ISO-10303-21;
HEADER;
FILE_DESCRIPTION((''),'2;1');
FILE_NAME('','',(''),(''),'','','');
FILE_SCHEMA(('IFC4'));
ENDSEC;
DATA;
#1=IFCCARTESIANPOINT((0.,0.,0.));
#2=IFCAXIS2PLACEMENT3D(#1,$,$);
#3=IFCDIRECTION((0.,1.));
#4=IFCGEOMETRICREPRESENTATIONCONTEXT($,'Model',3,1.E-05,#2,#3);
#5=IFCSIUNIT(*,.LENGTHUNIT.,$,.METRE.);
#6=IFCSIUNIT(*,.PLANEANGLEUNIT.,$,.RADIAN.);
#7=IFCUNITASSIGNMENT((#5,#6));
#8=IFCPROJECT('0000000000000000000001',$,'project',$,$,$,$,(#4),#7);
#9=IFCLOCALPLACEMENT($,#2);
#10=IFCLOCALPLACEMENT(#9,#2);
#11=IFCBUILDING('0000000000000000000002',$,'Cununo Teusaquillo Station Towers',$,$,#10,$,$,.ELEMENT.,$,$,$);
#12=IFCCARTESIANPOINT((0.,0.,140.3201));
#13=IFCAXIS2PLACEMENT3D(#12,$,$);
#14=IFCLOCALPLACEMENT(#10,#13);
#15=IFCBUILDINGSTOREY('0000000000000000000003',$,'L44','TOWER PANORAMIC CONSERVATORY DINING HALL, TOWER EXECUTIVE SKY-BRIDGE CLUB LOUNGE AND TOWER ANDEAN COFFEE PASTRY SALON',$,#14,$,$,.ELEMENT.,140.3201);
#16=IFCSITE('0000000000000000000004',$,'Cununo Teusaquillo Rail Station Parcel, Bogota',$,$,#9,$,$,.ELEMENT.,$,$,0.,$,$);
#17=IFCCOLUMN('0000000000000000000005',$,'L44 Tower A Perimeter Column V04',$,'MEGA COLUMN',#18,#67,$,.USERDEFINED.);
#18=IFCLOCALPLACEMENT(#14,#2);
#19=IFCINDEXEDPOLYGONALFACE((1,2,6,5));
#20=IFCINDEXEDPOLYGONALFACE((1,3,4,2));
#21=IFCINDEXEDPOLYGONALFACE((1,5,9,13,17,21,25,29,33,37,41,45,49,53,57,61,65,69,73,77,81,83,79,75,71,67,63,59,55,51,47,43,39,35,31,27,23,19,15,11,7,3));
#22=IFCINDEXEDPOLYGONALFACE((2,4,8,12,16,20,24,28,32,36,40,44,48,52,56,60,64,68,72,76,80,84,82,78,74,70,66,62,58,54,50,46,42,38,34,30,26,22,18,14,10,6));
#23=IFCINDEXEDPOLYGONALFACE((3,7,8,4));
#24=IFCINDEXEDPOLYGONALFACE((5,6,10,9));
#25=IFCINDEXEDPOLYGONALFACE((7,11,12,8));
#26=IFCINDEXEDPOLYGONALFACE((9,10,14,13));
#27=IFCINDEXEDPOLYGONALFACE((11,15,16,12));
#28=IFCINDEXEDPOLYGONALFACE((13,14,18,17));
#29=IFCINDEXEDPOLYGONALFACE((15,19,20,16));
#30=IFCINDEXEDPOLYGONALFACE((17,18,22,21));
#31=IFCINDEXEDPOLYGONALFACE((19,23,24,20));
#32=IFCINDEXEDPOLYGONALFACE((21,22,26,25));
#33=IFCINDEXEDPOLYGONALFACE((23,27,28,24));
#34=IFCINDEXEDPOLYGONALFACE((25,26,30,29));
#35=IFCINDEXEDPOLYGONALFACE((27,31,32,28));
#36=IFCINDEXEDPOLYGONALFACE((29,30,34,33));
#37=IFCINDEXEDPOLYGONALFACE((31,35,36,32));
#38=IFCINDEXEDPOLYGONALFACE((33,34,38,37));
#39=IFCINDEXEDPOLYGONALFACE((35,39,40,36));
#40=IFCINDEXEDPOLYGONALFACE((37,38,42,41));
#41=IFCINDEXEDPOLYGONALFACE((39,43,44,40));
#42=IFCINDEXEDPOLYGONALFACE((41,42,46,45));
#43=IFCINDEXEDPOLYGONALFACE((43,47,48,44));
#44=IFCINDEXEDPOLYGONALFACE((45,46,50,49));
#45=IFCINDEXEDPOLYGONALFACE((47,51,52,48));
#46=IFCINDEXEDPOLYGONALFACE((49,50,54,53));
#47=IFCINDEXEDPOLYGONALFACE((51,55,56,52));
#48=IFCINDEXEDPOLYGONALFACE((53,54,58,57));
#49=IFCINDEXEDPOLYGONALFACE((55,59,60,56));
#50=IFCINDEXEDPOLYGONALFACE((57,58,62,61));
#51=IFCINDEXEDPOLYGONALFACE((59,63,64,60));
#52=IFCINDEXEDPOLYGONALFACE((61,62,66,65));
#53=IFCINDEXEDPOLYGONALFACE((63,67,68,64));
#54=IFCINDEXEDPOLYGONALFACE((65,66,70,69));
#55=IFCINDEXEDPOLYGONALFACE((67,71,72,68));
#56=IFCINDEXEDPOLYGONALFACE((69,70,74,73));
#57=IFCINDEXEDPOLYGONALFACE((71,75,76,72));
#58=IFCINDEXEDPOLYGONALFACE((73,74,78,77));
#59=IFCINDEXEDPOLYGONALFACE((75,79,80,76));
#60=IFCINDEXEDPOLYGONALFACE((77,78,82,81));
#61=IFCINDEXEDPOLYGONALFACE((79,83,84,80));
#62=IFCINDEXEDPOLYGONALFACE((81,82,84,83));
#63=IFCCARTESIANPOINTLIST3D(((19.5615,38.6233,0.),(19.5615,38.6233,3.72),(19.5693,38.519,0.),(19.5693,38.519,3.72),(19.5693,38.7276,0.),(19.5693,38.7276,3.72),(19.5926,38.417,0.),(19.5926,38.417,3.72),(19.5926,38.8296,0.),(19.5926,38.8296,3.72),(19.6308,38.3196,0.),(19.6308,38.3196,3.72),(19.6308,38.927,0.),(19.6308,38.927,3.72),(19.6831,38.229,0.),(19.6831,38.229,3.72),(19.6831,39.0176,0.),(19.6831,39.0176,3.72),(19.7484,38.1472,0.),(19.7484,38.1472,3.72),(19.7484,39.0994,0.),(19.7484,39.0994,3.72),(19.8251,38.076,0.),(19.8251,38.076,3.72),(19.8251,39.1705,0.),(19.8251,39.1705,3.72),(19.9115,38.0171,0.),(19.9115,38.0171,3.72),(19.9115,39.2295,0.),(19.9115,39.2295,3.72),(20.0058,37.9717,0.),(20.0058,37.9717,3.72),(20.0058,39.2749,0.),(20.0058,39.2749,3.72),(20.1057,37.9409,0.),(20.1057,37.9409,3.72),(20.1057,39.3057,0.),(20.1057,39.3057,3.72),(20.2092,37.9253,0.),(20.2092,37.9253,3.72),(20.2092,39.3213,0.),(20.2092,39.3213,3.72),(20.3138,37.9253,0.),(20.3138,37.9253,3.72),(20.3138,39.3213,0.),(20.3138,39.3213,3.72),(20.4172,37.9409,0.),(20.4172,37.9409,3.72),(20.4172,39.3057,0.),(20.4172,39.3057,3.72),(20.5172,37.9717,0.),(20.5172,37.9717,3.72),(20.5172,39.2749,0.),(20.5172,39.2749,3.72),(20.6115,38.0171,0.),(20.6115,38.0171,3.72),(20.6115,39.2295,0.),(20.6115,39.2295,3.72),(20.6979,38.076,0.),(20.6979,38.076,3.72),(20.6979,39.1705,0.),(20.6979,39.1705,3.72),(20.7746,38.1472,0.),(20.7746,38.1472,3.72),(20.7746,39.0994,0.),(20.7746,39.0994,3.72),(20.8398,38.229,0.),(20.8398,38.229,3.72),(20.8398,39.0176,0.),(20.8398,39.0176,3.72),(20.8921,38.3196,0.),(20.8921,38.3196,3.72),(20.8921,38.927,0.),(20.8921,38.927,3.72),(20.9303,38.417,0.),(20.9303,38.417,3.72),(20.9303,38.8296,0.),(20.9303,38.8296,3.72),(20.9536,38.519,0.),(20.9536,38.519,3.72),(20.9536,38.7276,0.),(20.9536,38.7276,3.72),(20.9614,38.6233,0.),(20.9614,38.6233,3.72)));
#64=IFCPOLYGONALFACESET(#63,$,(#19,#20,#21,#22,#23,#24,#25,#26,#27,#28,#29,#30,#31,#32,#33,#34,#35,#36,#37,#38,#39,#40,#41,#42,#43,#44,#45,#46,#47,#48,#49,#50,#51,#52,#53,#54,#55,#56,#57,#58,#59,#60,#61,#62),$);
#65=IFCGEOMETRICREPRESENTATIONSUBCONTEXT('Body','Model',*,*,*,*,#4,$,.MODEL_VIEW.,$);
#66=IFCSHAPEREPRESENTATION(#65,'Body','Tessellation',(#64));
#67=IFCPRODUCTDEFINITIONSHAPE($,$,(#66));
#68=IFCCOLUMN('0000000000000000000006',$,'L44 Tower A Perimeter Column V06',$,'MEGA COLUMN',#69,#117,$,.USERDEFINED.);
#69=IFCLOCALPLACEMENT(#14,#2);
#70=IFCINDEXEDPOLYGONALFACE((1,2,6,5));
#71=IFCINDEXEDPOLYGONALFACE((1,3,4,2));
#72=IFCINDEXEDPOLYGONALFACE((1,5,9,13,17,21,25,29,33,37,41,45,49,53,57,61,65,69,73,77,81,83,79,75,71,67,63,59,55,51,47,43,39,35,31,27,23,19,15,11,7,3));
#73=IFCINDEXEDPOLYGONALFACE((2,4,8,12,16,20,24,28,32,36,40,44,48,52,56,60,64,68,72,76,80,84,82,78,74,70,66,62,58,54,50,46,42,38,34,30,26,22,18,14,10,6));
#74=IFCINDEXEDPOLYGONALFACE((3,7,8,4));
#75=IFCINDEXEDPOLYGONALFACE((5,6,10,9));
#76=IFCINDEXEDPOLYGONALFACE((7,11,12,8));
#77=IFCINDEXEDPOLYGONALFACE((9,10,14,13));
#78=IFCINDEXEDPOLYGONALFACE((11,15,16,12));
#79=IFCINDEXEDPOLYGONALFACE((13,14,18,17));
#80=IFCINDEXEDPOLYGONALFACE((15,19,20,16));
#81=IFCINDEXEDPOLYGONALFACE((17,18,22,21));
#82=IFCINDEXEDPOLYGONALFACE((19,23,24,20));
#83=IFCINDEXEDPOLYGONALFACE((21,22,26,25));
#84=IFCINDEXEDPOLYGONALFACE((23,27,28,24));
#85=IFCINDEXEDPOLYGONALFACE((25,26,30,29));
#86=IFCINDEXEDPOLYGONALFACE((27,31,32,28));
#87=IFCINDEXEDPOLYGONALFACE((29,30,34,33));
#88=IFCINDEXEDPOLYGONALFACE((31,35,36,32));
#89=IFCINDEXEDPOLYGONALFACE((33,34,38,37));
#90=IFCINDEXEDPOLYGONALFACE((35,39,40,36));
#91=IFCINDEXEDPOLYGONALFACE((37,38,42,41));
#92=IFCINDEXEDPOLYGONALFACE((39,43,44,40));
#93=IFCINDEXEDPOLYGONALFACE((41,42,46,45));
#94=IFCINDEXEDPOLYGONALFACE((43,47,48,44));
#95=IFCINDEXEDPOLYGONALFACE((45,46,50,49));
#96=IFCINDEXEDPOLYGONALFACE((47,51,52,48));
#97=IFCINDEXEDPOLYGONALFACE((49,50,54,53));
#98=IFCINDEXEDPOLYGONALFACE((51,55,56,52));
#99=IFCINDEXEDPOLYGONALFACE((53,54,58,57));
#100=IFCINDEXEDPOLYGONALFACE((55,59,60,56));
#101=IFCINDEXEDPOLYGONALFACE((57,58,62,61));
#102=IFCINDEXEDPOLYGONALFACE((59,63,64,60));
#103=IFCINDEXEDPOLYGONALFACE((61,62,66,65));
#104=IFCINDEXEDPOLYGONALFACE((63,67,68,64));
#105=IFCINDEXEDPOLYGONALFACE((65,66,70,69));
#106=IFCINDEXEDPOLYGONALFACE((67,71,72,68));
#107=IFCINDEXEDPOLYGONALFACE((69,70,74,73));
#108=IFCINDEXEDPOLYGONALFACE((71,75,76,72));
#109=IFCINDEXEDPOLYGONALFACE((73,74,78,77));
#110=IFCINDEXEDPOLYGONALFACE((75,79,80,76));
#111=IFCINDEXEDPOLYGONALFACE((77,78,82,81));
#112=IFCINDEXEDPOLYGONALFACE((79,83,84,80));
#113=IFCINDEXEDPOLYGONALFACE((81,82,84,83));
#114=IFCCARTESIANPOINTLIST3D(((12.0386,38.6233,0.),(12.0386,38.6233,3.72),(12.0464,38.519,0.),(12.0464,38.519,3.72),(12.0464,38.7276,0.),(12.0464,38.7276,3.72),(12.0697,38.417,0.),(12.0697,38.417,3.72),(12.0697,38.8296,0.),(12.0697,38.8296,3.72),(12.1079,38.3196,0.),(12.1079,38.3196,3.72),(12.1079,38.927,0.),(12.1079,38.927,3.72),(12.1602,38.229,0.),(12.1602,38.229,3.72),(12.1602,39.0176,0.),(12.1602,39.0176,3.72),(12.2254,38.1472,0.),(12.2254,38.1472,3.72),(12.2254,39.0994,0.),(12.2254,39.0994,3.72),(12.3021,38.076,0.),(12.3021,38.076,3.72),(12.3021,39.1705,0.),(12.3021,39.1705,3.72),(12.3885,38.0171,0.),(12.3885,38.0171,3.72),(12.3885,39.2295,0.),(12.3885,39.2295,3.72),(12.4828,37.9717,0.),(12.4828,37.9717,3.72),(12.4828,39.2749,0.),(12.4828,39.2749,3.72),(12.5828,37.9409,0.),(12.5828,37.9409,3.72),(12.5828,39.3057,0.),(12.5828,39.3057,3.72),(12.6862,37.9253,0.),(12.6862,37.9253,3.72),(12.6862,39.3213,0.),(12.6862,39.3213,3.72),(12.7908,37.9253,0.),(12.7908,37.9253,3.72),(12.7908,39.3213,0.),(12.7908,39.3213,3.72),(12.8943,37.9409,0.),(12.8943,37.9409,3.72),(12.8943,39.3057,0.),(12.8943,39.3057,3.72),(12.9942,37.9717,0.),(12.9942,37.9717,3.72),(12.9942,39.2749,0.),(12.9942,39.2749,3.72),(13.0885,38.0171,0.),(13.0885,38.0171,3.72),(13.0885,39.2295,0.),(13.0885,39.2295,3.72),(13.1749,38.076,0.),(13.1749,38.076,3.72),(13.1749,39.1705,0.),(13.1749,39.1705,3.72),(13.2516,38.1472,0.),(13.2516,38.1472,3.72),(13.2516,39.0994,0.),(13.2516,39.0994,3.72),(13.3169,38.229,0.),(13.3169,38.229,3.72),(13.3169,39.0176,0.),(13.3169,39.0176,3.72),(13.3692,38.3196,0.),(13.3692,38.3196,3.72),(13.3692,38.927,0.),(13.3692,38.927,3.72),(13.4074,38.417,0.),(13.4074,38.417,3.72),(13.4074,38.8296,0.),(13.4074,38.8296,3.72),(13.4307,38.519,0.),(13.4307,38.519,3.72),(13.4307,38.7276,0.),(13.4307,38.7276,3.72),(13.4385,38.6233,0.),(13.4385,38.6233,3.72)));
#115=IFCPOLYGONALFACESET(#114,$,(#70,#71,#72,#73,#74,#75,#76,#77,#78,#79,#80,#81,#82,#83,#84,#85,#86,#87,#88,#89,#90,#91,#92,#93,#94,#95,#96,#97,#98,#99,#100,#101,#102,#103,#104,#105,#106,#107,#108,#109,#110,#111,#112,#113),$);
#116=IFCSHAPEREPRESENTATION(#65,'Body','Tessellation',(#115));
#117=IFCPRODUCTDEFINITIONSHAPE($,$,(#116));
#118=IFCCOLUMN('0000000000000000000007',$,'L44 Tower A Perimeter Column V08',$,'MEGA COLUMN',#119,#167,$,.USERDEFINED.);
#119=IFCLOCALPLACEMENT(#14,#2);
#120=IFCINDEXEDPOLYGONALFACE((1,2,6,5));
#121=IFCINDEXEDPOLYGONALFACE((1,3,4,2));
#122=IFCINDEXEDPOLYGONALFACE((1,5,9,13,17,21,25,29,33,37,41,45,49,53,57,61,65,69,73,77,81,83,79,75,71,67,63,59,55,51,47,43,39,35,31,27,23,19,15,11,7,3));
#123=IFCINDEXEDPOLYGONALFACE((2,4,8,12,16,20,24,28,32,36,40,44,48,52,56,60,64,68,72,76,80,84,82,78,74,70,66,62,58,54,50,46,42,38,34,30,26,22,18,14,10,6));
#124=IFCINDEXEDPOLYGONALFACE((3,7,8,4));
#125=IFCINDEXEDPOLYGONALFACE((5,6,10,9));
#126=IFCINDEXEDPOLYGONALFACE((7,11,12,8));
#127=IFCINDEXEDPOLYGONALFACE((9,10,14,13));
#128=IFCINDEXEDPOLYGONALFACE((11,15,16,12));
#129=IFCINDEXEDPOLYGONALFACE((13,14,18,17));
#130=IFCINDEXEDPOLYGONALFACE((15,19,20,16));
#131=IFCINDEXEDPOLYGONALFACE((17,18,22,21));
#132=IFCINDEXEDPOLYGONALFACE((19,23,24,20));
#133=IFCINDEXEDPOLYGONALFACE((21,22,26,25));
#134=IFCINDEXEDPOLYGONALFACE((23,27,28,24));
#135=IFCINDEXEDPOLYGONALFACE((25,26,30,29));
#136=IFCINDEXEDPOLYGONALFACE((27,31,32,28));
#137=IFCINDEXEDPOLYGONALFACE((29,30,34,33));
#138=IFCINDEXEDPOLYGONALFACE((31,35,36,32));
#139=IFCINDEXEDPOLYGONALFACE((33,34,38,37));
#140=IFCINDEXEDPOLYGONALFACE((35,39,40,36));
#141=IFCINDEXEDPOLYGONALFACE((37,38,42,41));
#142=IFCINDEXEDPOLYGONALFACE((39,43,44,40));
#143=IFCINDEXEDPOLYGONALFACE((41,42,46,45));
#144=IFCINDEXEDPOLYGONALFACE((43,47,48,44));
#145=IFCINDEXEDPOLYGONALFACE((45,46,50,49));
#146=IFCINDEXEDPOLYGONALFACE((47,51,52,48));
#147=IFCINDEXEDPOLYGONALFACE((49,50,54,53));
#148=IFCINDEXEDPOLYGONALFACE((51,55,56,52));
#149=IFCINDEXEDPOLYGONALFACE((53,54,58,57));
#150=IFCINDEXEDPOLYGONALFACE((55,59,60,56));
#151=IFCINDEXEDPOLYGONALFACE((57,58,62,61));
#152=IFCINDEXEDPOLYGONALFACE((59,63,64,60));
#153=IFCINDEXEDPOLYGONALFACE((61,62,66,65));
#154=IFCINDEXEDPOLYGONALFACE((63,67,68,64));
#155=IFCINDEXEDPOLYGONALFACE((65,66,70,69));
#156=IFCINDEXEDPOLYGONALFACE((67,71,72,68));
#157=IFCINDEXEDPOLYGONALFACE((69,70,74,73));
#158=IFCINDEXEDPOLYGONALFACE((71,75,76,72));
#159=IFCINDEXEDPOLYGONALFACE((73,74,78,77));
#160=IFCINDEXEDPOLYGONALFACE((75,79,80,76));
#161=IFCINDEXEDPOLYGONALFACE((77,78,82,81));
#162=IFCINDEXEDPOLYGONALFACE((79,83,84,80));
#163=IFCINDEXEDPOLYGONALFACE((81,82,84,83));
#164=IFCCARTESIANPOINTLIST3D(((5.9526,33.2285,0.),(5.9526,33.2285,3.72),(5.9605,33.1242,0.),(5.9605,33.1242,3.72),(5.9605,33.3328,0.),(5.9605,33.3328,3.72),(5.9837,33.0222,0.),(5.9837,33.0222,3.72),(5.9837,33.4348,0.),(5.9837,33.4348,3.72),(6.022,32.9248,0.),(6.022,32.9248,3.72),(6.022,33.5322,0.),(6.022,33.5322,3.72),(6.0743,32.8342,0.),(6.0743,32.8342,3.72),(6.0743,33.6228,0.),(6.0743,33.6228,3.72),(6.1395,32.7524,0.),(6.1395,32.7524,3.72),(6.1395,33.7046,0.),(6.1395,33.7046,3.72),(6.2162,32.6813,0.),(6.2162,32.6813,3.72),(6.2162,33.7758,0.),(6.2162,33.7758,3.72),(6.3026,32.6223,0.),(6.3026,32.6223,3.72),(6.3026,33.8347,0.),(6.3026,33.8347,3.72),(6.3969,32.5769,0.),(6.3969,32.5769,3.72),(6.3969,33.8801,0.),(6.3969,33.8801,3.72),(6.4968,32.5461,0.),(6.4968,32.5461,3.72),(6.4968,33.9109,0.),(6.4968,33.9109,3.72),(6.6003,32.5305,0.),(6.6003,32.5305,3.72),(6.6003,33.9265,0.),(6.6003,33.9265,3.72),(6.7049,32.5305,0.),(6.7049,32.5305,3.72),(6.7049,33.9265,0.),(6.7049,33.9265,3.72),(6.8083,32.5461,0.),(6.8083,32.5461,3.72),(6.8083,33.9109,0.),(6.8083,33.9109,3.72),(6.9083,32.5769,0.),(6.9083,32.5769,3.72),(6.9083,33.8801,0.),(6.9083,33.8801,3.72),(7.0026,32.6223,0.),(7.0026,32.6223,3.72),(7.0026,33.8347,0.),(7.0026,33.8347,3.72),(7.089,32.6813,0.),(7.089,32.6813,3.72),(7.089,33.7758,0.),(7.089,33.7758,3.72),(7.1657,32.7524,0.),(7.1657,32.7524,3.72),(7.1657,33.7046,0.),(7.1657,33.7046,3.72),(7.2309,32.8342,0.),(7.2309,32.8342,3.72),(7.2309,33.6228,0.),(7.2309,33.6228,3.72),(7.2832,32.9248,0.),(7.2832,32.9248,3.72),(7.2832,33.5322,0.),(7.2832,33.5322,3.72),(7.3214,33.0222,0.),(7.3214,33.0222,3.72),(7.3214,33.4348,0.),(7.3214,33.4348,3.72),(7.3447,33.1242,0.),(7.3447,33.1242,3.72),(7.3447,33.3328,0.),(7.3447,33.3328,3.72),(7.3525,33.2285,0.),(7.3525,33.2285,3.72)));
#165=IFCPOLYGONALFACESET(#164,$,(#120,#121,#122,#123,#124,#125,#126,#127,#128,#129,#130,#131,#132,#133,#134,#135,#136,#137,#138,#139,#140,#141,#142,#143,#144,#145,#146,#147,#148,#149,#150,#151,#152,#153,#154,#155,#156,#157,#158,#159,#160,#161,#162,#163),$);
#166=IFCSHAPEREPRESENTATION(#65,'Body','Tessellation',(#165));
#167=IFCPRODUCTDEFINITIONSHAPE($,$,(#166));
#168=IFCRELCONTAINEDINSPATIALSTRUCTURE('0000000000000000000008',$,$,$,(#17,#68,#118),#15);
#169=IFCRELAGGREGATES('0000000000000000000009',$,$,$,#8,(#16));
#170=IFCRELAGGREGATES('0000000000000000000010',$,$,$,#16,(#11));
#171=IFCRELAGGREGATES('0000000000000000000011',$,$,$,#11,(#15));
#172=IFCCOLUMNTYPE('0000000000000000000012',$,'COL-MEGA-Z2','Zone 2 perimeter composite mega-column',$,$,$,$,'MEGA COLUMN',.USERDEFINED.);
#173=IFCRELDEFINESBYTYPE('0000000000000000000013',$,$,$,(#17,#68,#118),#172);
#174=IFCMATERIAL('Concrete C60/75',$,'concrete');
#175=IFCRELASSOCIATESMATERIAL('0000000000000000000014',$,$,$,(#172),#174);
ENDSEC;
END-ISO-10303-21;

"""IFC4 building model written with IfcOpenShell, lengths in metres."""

from ifc_helpers import new_model, si_unit, direction, frame, origin, origin_2d, place, context, subcontext, project, spatial, circle, extrude, material, material_profile, profile_set, type_object, element, save


model = new_model("IFC4")

# Units and contexts
model_context = context("Model", 3, precision=1e-05, world=origin(), true_north=direction((0.0, 1.0)))
body_context = subcontext(model_context, "Body", "Model", "MODEL_VIEW")
ifc_project = project(units=[si_unit("LENGTHUNIT", "METRE"), si_unit("PLANEANGLEUNIT", "RADIAN")], contexts=[model_context])

# Site, building, storey
site_placement = place(None, origin())
site = spatial("IfcSite", under=ifc_project, at=site_placement, Name="Cununo Teusaquillo Rail Station Parcel, Bogota", CompositionType="ELEMENT", RefElevation=0.0)
building_placement = place(site_placement, origin())
building = spatial("IfcBuilding", under=site, at=building_placement, Name="Cununo Teusaquillo Station Towers", CompositionType="ELEMENT")
storey_placement = place(building_placement, frame((0.0, 0.0, 140.3201)))
storey = spatial("IfcBuildingStorey", under=building, at=storey_placement, Name="L44", Description="TOWER PANORAMIC CONSERVATORY DINING HALL, TOWER EXECUTIVE SKY-BRIDGE CLUB LOUNGE AND TOWER ANDEAN COFFEE PASTRY SALON", CompositionType="ELEMENT", Elevation=140.3201)

# Columns
ifc_material_1 = material(Name="Concrete C60/75", Category="concrete")
ifc_material_profile_1 = material_profile(ifc_material_1, circle(Radius=0.7, at=origin_2d()), Name="RC-CIRC-1400")
ifc_profile_set_1 = profile_set([ifc_material_profile_1], Name="Concrete C60/75")
column_type = type_object("IfcColumnType", Name="COL-MEGA-Z2", Description="Zone 2 perimeter composite mega-column", ElementType="MEGA COLUMN", PredefinedType="USERDEFINED", material=ifc_profile_set_1)
for number, where, z_axis, x_axis, name in (
    (1, (20.2615, 38.6233, 0.0), (0.0, 0.0, 1.0), (1.0, 0.0, 0.0), "L44 Tower A Perimeter Column V04"),
    (2, (12.7385, 38.6233, 0.0), (0.0, 0.0, 1.0), (1.0, 0.0, 0.0), "L44 Tower A Perimeter Column V06"),
    (3, (6.6526, 33.2285, 0.0), (0.0, 0.0, 1.0), (1.0, 0.0, 0.0), "L44 Tower A Perimeter Column V08"),
):
    element("IfcColumn", number, at=place(storey_placement, frame(where, z_axis=z_axis, x_axis=x_axis)), inside=storey, type_object=column_type, Name=name, ObjectType="MEGA COLUMN", PredefinedType="USERDEFINED", context=body_context, shape_type="SweptSolid", body=[
        extrude(circle(Radius=0.7, at=origin_2d()), origin(), (0.0, 0.0, 1.0), 3.72),
    ])

save(model, "model.ifc")
